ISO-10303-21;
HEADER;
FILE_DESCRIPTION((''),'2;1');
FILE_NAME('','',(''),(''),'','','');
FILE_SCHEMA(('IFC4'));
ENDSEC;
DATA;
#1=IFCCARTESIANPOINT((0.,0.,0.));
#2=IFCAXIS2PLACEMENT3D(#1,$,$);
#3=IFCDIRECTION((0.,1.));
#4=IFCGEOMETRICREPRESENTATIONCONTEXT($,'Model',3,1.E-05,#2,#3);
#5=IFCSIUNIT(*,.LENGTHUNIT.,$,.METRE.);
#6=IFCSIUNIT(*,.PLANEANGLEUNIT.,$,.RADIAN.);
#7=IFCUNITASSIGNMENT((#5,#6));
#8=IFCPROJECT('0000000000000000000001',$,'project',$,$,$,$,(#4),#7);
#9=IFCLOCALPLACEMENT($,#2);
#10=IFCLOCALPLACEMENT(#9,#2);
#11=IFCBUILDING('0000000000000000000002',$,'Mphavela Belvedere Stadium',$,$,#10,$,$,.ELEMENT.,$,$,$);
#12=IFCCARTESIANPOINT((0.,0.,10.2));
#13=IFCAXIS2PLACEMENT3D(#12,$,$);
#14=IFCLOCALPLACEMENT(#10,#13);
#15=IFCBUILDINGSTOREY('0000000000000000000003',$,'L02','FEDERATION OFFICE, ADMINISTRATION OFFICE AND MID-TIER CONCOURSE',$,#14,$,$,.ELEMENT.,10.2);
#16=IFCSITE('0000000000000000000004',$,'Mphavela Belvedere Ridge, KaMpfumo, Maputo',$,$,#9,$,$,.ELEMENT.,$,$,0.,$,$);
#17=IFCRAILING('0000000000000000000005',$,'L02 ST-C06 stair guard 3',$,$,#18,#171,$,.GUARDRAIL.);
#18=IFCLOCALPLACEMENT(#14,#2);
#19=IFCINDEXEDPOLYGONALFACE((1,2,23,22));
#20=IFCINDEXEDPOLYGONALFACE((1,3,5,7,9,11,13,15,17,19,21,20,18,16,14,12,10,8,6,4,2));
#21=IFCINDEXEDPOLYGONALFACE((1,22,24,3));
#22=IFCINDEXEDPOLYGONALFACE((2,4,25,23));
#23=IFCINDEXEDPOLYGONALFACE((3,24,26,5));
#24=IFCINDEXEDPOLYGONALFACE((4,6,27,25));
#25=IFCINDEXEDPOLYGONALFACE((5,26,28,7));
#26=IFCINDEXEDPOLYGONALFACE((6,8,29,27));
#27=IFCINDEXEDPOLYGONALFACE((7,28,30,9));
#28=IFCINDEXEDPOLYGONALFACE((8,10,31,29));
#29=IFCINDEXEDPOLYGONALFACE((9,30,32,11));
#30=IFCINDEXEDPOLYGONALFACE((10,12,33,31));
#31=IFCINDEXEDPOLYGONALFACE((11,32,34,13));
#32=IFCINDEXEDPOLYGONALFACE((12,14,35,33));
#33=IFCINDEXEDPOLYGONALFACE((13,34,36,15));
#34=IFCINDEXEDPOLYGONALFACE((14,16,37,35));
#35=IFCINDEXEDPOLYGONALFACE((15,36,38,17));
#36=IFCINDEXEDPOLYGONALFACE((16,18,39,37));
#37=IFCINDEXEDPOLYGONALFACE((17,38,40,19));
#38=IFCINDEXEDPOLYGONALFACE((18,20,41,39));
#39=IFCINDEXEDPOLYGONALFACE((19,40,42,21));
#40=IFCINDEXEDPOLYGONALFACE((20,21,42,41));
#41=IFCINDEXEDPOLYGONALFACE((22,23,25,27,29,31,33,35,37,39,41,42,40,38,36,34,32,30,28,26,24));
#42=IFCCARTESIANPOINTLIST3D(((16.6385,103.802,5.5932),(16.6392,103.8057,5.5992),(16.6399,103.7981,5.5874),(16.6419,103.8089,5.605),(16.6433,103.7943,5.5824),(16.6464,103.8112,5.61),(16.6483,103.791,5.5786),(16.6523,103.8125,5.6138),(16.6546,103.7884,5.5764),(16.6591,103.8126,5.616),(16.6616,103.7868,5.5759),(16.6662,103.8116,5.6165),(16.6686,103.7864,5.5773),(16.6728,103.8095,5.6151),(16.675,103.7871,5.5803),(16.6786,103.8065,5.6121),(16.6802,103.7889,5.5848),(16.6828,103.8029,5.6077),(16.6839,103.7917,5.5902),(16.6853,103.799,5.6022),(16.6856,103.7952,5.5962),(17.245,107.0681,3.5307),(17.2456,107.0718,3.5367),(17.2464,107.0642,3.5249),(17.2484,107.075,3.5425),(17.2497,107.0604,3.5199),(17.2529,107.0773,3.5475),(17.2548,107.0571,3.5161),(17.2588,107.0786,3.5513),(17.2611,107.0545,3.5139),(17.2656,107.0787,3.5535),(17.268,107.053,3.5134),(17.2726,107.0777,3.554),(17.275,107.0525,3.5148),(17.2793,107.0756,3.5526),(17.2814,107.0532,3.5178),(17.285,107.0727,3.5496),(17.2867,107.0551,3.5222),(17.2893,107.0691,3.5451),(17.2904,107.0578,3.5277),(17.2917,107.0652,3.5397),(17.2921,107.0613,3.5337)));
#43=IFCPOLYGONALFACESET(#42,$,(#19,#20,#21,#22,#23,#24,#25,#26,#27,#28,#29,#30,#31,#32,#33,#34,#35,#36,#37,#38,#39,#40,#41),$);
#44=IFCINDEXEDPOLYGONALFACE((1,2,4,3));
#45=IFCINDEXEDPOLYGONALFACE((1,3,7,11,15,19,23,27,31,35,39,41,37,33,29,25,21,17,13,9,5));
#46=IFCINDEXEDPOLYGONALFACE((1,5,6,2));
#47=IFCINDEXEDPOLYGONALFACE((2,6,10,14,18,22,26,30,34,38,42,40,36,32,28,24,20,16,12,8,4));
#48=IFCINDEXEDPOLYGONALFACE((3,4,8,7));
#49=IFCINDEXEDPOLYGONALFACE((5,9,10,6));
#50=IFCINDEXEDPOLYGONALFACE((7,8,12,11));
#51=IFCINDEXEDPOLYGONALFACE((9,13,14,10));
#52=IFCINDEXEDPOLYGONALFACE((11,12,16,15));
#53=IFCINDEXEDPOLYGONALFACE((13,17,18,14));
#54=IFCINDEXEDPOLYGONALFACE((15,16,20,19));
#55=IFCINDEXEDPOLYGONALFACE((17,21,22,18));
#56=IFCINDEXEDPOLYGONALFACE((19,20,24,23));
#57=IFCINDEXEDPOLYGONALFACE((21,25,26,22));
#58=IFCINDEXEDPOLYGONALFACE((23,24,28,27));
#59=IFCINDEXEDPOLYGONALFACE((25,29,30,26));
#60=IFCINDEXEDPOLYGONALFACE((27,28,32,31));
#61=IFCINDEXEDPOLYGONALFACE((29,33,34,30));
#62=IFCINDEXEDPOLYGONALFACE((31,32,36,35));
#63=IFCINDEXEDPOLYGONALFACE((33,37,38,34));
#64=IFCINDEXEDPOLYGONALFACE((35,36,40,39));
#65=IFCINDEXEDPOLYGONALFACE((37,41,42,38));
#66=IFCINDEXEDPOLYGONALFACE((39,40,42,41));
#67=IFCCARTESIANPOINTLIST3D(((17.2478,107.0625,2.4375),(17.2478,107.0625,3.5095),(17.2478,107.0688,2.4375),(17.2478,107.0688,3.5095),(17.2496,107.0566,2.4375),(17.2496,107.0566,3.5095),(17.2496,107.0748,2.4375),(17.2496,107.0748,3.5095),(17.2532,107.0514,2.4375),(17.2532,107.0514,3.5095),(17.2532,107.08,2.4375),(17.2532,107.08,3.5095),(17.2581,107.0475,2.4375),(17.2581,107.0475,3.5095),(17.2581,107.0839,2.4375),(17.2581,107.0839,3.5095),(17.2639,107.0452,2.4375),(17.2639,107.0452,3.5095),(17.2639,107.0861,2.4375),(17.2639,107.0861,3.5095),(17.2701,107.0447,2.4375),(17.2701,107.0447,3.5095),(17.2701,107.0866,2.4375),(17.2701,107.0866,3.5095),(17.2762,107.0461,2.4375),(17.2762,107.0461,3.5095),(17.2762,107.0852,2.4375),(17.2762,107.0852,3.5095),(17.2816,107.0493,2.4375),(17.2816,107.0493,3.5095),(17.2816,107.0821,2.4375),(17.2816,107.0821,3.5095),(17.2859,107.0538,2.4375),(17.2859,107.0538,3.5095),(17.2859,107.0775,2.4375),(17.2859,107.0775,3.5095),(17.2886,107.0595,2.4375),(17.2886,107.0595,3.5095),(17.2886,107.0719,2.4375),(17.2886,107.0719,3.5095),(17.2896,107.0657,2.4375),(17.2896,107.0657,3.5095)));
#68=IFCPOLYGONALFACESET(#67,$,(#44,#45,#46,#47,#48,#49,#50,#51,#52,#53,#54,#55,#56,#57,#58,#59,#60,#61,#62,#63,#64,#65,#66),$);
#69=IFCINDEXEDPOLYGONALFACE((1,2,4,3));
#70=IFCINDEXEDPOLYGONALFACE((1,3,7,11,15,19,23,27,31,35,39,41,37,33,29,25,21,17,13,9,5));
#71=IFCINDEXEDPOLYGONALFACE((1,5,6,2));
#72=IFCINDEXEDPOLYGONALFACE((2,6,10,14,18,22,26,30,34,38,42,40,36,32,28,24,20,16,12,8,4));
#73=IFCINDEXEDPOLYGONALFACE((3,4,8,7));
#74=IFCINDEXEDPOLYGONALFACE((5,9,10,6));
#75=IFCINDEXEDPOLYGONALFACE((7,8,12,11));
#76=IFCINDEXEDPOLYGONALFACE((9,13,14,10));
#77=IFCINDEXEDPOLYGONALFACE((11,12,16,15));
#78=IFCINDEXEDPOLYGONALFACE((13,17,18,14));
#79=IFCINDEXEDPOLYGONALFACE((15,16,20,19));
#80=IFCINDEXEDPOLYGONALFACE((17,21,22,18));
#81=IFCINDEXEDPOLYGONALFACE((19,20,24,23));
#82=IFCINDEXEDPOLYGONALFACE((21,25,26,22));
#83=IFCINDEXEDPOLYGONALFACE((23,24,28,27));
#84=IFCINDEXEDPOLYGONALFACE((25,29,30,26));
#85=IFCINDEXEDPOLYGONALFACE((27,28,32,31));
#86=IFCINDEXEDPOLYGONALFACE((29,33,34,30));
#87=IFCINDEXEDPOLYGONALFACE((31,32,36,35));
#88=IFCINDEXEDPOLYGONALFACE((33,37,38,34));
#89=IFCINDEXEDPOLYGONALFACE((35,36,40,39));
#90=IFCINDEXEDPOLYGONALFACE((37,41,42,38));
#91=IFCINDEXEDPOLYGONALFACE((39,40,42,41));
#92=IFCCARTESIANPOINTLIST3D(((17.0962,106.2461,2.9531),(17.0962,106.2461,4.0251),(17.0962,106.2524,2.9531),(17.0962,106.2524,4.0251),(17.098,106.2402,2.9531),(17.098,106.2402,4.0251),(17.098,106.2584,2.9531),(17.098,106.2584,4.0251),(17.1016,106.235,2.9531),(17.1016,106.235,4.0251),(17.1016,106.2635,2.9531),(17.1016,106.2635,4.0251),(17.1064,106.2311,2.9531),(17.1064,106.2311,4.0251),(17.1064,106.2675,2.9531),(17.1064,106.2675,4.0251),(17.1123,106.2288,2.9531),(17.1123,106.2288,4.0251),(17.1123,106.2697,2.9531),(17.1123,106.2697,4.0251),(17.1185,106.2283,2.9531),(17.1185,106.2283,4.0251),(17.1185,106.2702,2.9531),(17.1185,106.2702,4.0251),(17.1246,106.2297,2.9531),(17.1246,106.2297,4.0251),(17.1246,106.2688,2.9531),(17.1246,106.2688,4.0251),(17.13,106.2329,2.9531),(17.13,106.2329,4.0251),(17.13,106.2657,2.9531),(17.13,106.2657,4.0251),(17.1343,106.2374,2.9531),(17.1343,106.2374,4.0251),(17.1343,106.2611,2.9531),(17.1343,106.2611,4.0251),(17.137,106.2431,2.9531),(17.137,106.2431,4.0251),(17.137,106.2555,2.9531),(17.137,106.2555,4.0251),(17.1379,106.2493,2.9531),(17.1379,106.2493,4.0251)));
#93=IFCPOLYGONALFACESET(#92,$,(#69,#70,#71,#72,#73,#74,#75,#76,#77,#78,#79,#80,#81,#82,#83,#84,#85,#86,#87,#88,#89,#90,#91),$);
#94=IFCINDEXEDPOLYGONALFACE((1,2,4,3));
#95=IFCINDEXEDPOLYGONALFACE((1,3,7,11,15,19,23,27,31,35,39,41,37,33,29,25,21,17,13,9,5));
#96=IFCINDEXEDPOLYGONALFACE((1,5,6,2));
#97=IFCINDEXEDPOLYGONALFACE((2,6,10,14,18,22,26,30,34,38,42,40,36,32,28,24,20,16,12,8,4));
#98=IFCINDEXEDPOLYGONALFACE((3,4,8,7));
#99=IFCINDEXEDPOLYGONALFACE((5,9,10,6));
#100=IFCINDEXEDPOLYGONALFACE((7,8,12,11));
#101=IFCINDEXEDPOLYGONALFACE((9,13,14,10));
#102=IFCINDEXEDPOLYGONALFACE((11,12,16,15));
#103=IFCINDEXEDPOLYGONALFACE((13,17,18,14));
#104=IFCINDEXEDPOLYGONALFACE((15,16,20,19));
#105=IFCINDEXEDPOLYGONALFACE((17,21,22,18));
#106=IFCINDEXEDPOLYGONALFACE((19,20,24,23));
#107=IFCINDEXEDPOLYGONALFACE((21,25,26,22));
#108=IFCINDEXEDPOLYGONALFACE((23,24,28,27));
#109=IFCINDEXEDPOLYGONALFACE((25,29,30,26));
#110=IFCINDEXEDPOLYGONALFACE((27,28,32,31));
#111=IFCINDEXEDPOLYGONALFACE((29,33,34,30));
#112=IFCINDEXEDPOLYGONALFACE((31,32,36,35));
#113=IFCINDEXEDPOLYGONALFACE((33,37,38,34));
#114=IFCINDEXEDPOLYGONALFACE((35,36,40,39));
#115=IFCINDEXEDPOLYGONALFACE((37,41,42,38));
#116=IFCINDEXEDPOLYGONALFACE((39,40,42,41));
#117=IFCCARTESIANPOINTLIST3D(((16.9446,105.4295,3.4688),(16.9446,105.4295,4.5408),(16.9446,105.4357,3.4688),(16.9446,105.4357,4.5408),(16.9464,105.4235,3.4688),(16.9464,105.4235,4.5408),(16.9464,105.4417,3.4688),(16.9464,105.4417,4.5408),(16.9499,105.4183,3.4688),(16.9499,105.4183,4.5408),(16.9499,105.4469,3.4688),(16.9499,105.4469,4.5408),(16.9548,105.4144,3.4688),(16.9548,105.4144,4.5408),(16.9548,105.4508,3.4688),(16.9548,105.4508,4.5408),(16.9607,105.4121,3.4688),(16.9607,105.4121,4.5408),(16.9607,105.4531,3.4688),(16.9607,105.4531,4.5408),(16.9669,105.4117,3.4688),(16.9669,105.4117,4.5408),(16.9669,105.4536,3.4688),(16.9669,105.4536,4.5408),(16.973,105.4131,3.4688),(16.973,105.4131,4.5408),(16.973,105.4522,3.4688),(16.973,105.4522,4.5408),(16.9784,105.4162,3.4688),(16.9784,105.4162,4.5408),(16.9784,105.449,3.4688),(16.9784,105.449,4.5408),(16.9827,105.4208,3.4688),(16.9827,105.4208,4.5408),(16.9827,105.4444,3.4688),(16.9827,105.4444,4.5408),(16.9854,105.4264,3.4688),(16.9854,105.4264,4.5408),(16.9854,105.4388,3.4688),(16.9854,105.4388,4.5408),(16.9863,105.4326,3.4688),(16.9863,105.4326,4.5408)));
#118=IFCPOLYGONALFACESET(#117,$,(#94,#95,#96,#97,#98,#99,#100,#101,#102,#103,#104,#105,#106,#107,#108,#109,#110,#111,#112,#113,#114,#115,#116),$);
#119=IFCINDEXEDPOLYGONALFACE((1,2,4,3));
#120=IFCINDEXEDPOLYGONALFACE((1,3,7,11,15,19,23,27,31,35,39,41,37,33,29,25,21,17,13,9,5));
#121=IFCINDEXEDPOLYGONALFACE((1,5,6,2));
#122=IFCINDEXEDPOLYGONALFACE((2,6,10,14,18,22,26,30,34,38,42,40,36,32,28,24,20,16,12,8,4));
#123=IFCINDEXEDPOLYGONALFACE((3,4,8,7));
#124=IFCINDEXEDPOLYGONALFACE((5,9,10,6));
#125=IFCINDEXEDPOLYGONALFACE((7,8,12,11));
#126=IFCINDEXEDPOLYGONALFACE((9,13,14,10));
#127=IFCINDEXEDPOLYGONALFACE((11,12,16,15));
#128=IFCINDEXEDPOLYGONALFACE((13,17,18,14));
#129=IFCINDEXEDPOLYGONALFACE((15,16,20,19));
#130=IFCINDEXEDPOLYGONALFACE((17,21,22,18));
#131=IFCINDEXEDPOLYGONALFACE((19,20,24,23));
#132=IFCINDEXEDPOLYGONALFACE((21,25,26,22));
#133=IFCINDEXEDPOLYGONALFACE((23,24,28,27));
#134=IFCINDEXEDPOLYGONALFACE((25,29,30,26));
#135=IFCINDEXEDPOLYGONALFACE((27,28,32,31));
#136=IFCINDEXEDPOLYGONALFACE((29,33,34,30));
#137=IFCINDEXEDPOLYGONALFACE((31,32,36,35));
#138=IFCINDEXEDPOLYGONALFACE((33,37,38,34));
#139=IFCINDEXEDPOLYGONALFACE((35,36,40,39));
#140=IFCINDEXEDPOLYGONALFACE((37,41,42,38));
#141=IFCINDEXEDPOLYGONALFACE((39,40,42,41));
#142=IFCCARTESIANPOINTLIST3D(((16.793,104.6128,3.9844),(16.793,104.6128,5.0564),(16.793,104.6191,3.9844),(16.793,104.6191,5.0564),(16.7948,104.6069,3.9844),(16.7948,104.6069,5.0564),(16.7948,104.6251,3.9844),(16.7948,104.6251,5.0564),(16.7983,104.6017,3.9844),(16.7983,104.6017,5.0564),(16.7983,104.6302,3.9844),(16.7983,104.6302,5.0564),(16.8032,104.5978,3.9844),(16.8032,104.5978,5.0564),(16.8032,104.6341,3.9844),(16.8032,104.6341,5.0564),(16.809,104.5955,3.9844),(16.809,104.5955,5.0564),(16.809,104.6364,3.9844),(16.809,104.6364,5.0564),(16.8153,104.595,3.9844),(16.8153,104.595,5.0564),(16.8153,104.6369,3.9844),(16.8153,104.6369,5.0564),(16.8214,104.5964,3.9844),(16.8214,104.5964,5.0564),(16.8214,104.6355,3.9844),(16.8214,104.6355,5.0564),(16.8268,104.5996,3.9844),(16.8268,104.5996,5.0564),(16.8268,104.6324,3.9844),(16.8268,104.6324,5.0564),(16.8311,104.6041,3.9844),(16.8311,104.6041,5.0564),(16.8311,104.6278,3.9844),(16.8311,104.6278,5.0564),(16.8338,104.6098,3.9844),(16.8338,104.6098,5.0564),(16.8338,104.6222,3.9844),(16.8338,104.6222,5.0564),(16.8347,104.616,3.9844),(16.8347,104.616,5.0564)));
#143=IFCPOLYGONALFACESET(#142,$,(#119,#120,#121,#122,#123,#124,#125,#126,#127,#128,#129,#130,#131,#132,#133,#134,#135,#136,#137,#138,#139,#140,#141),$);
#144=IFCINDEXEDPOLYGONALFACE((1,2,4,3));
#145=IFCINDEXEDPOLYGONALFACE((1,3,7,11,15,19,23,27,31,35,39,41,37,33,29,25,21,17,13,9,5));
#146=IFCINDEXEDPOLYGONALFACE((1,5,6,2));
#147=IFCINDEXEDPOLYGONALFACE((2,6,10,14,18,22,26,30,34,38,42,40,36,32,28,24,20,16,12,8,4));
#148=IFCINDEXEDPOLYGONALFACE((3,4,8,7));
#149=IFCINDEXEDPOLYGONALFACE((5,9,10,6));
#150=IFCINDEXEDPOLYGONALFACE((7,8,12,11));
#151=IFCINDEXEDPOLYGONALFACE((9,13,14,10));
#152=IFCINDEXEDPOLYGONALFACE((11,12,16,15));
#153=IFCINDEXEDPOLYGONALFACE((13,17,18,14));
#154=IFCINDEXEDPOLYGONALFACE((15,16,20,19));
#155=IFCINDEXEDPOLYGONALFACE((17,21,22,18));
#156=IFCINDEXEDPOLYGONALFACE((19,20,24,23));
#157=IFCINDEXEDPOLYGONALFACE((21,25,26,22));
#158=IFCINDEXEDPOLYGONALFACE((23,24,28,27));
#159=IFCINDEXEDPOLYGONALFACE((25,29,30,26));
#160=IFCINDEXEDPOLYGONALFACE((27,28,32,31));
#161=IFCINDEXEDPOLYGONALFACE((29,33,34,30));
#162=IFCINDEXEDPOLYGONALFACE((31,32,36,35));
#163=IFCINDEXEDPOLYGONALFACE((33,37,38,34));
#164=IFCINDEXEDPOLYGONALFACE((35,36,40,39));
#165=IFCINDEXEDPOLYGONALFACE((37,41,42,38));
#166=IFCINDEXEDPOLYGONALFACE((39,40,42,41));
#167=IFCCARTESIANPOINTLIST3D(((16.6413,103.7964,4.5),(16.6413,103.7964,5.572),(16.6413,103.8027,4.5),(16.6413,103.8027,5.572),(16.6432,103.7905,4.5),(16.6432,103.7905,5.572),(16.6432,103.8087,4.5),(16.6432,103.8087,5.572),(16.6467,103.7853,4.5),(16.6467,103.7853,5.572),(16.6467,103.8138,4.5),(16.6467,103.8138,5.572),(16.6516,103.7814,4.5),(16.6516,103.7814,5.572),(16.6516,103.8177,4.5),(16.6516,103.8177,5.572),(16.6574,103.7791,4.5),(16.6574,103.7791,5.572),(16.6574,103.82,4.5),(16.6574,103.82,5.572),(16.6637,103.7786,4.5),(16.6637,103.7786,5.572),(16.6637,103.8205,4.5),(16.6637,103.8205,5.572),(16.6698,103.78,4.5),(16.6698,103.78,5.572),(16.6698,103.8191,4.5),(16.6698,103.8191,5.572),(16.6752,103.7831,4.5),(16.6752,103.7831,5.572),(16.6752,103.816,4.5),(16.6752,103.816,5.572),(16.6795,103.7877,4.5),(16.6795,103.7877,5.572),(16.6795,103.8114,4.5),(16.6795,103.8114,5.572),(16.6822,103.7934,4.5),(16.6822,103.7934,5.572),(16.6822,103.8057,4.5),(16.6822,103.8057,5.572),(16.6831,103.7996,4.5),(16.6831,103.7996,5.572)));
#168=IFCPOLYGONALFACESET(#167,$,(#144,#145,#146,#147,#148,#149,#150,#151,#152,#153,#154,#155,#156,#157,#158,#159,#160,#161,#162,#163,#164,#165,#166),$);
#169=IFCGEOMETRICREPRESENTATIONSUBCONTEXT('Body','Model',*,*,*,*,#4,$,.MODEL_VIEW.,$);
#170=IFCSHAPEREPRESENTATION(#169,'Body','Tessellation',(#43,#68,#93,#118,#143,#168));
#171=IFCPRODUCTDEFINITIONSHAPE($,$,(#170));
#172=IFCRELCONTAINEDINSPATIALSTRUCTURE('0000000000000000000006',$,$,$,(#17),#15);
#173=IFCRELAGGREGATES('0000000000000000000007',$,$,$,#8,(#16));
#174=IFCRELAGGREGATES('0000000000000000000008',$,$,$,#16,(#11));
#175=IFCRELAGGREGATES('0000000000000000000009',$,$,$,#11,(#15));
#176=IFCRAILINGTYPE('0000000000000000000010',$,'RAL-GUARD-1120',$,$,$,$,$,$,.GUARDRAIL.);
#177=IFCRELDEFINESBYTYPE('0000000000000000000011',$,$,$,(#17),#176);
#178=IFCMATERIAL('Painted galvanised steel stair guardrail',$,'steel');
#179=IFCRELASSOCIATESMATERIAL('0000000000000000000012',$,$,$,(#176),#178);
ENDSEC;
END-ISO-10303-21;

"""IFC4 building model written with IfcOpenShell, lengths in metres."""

from ifc_helpers import new_model, si_unit, direction, frame, origin, origin_2d, place, context, subcontext, project, spatial, circle, extrude, material, type_object, element, save


model = new_model("IFC4")

# Units and contexts
model_context = context("Model", 3, precision=1e-05, world=origin(), true_north=direction((0.0, 1.0)))
body_context = subcontext(model_context, "Body", "Model", "MODEL_VIEW")
ifc_project = project(units=[si_unit("LENGTHUNIT", "METRE"), si_unit("PLANEANGLEUNIT", "RADIAN")], contexts=[model_context])

# Site, building, storey
site_placement = place(None, origin())
site = spatial("IfcSite", under=ifc_project, at=site_placement, Name="Mphavela Belvedere Ridge, KaMpfumo, Maputo", CompositionType="ELEMENT", RefElevation=0.0)
building_placement = place(site_placement, origin())
building = spatial("IfcBuilding", under=site, at=building_placement, Name="Mphavela Belvedere Stadium", CompositionType="ELEMENT")
storey_placement = place(building_placement, frame((0.0, 0.0, 10.2)))
storey = spatial("IfcBuildingStorey", under=building, at=storey_placement, Name="L02", Description="FEDERATION OFFICE, ADMINISTRATION OFFICE AND MID-TIER CONCOURSE", CompositionType="ELEMENT", Elevation=10.2)

# Railing
ifc_material_1 = material(Name="Painted galvanised steel stair guardrail", Category="steel")
railing_type_1 = type_object("IfcRailingType", Name="RAL-GUARD-1120", PredefinedType="GUARDRAIL", material=ifc_material_1)
railing_1_placement = place(storey_placement, frame((17.2686, 107.0657, 2.4375)))
element("IfcRailing", 1, at=railing_1_placement, inside=storey, type_object=railing_type_1, Name="L02 ST-C06 stair guard 3", PredefinedType="GUARDRAIL", context=body_context, shape_type="SweptSolid", body=[
    extrude(circle(Radius=0.0239, at=origin_2d()), frame((0.0, 0.0, 1.0962), z_axis=(-0.155096, -0.835294, 0.527475), x_axis=(0.983195, -0.182558, 0.0)), (0.0, 0.0, 1.0), 3.9102),
    extrude(circle(Radius=0.021, at=origin_2d()), origin(), (0.0, 0.0, 1.0), 1.072),
    extrude(circle(Radius=0.021, at=origin_2d()), frame((-0.1516, -0.8164, 0.5156)), (0.0, 0.0, 1.0), 1.072),
    extrude(circle(Radius=0.021, at=origin_2d()), frame((-0.3032, -1.6331, 1.0312)), (0.0, 0.0, 1.0), 1.072),
    extrude(circle(Radius=0.021, at=origin_2d()), frame((-0.4548, -2.4497, 1.5469)), (0.0, 0.0, 1.0), 1.072),
    extrude(circle(Radius=0.021, at=origin_2d()), frame((-0.6064, -3.2661, 2.0625)), (0.0, 0.0, 1.0), 1.072),
])

save(model, "model.ifc")
